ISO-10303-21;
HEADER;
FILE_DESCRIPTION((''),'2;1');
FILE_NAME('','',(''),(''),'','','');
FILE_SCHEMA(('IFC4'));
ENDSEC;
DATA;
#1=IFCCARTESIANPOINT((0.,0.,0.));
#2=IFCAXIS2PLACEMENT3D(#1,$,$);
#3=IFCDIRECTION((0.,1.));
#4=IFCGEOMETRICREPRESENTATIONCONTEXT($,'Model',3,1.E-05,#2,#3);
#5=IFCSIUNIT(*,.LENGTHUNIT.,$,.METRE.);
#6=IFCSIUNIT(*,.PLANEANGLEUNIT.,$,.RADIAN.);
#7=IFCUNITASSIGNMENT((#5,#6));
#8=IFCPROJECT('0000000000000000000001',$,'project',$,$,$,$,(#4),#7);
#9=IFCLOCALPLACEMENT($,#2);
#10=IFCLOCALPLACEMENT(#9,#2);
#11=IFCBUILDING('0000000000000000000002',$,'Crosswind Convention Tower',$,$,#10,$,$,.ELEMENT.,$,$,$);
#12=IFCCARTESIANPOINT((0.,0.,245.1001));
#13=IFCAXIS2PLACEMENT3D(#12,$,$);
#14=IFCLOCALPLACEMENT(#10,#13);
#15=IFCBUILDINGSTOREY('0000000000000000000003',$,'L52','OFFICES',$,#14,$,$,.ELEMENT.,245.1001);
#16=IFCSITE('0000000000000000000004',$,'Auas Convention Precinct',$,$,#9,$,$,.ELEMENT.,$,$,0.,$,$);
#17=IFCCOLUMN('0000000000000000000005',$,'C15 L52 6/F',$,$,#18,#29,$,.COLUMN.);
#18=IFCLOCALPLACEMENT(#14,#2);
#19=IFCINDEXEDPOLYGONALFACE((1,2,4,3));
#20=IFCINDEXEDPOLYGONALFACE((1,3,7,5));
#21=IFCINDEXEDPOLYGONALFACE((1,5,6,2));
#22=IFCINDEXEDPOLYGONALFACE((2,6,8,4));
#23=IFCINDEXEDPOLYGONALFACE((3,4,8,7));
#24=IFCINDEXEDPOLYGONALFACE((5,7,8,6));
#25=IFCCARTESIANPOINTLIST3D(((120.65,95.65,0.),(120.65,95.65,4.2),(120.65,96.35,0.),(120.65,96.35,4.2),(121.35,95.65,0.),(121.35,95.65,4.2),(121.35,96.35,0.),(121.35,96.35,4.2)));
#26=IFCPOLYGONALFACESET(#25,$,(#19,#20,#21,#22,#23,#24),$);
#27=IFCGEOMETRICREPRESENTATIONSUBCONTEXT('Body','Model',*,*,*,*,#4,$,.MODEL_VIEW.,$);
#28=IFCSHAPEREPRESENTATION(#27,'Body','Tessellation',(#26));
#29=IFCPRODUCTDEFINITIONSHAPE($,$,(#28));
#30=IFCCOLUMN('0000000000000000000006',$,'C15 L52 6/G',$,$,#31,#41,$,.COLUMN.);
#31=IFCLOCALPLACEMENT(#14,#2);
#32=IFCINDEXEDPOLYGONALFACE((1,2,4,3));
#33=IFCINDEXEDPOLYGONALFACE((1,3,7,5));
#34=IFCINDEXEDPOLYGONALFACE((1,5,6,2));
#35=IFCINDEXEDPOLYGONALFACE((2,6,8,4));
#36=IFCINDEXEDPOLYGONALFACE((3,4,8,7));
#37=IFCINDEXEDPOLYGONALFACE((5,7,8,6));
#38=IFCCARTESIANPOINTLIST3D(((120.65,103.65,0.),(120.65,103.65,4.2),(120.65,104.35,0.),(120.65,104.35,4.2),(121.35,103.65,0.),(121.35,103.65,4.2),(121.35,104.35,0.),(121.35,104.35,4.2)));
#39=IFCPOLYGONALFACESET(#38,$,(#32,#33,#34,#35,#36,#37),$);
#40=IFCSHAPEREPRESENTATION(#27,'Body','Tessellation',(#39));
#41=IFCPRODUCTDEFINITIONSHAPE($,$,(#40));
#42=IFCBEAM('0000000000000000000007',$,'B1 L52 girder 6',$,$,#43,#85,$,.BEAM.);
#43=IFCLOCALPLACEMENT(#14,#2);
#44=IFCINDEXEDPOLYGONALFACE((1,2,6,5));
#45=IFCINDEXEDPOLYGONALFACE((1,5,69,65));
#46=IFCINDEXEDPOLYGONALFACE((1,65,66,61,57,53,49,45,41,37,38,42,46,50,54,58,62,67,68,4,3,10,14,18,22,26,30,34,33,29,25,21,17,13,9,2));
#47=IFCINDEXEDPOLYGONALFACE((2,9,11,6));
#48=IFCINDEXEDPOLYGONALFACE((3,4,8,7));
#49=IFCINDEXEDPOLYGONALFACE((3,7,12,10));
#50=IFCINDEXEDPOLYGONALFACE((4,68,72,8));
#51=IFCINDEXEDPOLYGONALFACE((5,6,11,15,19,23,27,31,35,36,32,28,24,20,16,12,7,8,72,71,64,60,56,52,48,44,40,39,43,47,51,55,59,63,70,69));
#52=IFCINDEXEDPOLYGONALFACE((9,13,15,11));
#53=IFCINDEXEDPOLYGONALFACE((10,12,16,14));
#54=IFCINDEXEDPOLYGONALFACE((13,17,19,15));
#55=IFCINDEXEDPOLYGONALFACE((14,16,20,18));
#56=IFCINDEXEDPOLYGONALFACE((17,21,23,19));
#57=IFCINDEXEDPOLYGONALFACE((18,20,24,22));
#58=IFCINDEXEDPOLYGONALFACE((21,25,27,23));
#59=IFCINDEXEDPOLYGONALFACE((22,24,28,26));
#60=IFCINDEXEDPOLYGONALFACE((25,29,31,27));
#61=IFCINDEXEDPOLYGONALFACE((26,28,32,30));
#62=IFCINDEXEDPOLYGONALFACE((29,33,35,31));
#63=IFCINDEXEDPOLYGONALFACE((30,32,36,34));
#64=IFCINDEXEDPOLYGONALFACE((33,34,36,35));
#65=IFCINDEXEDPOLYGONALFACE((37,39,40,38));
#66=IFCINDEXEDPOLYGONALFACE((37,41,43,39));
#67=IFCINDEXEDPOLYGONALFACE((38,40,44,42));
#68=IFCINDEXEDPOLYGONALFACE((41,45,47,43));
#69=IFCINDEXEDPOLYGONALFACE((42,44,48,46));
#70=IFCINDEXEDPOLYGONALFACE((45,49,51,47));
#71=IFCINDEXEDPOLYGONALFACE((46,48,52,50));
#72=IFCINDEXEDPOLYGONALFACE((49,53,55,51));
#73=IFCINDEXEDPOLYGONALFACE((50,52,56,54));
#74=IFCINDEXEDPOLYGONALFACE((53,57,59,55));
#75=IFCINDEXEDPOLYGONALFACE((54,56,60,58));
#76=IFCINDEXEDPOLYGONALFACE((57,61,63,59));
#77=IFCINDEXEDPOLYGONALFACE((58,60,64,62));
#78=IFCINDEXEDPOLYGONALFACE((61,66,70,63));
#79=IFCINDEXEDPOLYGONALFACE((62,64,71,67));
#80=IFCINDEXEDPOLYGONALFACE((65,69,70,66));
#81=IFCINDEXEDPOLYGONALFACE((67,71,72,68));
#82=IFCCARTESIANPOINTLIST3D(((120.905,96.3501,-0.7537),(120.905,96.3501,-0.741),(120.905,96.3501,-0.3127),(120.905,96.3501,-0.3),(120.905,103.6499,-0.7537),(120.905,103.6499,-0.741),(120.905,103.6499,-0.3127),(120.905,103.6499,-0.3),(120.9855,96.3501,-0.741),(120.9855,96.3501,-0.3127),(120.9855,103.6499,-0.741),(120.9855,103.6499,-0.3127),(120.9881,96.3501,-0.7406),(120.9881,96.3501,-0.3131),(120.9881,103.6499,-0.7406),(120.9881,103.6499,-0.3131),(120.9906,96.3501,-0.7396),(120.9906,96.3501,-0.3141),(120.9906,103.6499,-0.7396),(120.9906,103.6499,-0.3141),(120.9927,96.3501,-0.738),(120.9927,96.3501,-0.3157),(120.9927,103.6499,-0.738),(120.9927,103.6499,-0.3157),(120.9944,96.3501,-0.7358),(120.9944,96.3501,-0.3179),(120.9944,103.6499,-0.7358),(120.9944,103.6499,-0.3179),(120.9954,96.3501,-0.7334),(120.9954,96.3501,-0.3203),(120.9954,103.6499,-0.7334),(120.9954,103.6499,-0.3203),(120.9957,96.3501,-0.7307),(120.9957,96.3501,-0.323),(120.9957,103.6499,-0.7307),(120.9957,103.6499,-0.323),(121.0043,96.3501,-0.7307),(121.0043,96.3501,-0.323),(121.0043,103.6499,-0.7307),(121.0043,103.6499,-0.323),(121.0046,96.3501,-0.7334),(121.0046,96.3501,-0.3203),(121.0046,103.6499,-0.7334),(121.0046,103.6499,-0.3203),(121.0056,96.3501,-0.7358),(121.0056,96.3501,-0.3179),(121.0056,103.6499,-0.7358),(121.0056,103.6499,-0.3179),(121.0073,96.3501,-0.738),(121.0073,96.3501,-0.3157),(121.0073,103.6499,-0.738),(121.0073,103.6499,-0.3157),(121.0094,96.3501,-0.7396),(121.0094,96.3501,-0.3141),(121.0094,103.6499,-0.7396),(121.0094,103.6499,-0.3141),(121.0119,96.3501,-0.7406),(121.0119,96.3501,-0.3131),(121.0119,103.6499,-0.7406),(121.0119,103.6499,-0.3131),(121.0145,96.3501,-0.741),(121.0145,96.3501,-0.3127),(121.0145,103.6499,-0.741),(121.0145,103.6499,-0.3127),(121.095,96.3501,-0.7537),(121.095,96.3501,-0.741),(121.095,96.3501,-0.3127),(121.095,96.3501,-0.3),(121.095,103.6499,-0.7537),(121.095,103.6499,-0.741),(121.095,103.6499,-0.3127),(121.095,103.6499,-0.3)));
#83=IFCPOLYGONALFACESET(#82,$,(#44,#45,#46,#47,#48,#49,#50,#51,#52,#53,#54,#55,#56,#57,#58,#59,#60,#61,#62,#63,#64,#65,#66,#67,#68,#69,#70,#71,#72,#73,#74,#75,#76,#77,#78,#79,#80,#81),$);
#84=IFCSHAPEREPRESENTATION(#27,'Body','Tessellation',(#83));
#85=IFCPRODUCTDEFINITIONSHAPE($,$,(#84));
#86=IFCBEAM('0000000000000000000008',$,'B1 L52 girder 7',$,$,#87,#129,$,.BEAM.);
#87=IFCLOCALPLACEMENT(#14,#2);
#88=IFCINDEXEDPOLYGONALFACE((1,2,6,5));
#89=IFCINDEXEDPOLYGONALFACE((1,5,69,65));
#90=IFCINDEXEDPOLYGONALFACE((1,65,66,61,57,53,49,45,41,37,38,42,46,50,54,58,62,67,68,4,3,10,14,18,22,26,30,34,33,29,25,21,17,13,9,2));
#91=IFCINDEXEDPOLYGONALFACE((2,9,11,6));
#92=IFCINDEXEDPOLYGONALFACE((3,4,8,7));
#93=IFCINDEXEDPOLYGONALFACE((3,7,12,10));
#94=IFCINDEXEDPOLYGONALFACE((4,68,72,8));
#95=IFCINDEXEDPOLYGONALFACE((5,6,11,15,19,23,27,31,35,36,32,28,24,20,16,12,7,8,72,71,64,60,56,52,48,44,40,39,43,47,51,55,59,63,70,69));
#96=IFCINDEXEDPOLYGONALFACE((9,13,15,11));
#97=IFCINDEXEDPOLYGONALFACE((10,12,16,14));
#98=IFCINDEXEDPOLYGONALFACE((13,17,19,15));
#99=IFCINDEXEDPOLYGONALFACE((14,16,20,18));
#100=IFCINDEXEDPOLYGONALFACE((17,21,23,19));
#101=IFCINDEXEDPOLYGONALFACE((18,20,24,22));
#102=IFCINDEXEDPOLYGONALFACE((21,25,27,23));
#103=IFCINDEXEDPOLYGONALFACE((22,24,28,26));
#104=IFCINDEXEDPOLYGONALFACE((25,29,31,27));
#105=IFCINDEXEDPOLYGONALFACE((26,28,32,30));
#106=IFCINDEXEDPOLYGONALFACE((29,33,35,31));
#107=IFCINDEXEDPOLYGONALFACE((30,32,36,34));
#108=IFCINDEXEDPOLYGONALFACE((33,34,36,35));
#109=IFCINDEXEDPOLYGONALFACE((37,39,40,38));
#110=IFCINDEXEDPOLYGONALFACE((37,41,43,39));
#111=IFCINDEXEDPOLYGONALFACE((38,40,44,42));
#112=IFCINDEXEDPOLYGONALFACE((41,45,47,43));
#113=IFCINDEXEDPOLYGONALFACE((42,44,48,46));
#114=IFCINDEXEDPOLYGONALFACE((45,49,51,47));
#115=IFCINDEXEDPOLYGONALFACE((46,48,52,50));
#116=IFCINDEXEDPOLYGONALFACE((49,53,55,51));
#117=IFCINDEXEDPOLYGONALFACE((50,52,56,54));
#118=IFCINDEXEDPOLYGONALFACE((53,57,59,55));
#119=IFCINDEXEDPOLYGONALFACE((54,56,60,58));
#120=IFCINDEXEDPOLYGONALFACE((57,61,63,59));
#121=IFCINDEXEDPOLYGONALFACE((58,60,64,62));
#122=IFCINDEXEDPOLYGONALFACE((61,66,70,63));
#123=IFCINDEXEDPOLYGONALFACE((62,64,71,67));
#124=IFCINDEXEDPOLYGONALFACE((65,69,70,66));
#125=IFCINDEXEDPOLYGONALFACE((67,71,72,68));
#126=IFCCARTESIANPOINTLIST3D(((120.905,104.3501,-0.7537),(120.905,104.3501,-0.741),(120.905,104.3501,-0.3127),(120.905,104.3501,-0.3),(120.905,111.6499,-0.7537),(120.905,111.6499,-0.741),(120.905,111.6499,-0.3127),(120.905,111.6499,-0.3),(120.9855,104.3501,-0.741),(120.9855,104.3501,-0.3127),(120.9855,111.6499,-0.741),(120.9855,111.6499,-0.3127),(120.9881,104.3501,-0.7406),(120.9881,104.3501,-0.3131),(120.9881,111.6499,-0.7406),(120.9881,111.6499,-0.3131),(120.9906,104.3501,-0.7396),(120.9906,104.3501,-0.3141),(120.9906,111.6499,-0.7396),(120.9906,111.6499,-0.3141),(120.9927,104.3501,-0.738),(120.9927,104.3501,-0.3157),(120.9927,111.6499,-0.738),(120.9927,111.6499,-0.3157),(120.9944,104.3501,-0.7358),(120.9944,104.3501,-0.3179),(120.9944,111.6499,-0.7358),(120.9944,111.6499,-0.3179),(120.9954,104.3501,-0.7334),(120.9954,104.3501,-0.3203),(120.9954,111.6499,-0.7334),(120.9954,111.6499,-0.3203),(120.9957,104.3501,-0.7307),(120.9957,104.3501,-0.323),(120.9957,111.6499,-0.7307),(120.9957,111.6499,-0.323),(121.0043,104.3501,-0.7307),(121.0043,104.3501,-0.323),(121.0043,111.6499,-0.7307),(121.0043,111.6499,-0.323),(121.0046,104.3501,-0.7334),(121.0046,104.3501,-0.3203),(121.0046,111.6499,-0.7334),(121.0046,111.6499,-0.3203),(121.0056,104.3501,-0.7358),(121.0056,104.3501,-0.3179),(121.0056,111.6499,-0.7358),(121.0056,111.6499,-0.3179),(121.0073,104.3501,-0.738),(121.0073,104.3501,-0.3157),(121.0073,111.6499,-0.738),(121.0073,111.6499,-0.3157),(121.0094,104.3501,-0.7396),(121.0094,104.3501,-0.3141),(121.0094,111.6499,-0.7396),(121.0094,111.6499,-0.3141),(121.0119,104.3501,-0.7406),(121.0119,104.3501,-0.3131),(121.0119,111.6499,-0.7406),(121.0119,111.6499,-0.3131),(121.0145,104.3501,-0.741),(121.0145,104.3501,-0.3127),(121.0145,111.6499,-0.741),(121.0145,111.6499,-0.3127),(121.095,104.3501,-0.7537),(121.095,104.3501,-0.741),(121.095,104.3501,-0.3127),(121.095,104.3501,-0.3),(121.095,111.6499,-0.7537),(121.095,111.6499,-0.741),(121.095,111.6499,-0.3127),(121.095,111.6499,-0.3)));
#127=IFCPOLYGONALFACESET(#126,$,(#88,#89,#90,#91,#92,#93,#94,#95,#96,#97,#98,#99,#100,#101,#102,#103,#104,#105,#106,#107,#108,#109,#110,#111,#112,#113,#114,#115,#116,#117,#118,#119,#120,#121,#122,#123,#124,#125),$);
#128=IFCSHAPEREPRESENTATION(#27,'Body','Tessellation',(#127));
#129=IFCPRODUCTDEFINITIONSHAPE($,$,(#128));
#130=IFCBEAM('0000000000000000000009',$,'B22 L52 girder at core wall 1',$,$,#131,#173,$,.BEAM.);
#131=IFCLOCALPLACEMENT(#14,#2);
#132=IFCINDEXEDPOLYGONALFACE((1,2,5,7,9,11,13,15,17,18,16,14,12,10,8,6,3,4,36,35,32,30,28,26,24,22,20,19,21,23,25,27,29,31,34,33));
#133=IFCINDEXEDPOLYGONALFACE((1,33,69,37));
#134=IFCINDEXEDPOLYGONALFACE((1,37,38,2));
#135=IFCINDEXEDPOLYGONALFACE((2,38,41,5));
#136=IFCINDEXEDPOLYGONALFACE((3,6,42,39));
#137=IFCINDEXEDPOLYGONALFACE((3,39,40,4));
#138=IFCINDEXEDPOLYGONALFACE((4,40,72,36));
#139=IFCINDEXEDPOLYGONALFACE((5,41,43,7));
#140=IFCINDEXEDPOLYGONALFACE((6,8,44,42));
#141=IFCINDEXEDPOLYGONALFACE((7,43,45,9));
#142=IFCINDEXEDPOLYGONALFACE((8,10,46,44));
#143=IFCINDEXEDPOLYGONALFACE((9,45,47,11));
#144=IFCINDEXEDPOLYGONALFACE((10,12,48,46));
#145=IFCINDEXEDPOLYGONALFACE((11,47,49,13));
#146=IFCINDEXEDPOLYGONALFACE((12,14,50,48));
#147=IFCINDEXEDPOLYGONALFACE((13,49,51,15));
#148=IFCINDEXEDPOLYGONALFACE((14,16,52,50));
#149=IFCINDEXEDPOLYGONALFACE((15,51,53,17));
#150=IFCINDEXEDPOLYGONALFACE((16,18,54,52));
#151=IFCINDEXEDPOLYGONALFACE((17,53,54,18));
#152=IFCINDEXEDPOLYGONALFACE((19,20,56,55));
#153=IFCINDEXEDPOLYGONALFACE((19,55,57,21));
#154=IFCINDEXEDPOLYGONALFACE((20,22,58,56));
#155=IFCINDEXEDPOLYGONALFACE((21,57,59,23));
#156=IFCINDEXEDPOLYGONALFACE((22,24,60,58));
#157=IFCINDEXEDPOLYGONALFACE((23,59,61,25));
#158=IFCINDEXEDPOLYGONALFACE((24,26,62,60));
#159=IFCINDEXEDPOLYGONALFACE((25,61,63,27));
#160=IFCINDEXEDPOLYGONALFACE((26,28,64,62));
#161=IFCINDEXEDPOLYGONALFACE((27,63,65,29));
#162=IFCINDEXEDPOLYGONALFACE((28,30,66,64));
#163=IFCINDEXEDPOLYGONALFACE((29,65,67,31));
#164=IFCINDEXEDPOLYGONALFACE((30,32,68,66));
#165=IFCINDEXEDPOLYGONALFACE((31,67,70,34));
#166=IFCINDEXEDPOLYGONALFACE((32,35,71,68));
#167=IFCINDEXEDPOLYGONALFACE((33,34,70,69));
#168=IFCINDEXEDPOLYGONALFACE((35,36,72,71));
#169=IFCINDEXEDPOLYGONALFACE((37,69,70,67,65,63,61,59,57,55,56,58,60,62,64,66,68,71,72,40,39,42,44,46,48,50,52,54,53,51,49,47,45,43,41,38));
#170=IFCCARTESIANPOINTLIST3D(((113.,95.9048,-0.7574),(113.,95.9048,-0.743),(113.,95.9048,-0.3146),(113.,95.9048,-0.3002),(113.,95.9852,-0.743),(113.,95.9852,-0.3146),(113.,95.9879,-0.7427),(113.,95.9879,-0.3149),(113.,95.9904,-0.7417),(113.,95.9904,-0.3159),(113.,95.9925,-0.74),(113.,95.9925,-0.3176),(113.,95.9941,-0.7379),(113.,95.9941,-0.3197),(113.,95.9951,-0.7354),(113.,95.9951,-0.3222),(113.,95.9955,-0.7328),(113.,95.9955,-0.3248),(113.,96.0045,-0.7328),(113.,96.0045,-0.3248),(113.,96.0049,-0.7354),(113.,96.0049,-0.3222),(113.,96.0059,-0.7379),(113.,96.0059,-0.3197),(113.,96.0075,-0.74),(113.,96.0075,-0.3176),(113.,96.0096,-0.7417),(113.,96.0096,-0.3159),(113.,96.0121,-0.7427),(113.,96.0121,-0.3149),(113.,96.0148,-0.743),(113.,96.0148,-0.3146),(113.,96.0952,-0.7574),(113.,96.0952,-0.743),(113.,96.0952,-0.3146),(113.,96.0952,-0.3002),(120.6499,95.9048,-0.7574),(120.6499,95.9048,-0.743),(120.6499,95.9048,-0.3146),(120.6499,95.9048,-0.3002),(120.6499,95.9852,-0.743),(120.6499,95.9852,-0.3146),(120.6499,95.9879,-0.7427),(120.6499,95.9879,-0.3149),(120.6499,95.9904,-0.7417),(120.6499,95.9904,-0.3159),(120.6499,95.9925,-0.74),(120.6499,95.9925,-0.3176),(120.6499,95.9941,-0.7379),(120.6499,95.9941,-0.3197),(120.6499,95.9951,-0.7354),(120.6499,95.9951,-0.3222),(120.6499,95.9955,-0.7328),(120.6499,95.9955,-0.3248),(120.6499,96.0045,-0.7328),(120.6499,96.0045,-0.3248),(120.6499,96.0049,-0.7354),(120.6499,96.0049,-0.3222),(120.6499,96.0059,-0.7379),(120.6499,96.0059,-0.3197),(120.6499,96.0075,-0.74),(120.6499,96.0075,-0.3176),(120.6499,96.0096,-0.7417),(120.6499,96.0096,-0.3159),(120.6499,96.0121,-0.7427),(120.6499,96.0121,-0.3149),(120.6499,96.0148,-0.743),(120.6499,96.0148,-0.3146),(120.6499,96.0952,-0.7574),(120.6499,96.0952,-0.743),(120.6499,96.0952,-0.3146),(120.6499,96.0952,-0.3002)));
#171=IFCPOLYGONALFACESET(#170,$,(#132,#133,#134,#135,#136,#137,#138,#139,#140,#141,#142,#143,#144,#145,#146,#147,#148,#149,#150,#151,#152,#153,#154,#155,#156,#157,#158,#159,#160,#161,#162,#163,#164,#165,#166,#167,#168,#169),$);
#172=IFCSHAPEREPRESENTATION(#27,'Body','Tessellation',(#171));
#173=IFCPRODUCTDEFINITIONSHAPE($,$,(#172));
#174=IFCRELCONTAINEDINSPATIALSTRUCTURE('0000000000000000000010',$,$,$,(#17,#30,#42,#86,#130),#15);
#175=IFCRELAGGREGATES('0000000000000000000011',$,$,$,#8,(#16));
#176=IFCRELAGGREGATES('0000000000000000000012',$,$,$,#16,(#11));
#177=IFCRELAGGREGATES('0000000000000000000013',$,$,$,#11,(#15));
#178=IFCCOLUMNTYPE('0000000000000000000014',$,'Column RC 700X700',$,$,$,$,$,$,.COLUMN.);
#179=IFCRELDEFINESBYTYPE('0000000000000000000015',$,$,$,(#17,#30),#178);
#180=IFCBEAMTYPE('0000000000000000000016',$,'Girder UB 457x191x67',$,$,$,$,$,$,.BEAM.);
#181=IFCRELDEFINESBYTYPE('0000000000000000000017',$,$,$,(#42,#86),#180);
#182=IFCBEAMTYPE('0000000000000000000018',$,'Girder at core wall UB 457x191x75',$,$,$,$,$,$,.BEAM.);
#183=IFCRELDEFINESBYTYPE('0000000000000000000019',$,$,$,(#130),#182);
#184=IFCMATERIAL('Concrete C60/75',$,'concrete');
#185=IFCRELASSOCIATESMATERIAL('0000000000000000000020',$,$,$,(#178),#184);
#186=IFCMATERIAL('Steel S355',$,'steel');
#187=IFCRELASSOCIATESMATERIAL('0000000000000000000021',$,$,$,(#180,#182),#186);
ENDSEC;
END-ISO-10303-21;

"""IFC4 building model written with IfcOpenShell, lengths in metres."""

from ifc_helpers import new_model, si_unit, direction, frame, origin, origin_2d, place, context, subcontext, project, spatial, rectangle, i_section, extrude, material, material_profile, profile_set, type_object, element, save


model = new_model("IFC4")

# Units and contexts
model_context = context("Model", 3, precision=1e-05, world=origin(), true_north=direction((0.0, 1.0)))
body_context = subcontext(model_context, "Body", "Model", "MODEL_VIEW")
ifc_project = project(units=[si_unit("LENGTHUNIT", "METRE"), si_unit("PLANEANGLEUNIT", "RADIAN")], contexts=[model_context])

# Site, building, storey
site_placement = place(None, origin())
site = spatial("IfcSite", under=ifc_project, at=site_placement, Name="Auas Convention Precinct", CompositionType="ELEMENT", RefElevation=0.0)
building_placement = place(site_placement, origin())
building = spatial("IfcBuilding", under=site, at=building_placement, Name="Crosswind Convention Tower", CompositionType="ELEMENT")
storey_placement = place(building_placement, frame((0.0, 0.0, 245.1001)))
storey = spatial("IfcBuildingStorey", under=building, at=storey_placement, Name="L52", Description="OFFICES", CompositionType="ELEMENT", Elevation=245.1001)

# Columns
ifc_material_1 = material(Name="Concrete C60/75", Category="concrete")
ifc_material_profile_1 = material_profile(ifc_material_1, rectangle(XDim=0.7, YDim=0.7, at=origin_2d()), Name="RC 700X700")
ifc_profile_set_1 = profile_set([ifc_material_profile_1], Name="Concrete C60/75")
column_type = type_object("IfcColumnType", Name="Column RC 700X700", PredefinedType="COLUMN", material=ifc_profile_set_1)
for number, where, z_axis, x_axis, name in (
    (1, (121.0, 96.0, 0.0), (0.0, 0.0, 1.0), (1.0, 0.0, 0.0), "C15 L52 6/F"),
    (2, (121.0, 104.0, 0.0), (0.0, 0.0, 1.0), (1.0, 0.0, 0.0), "C15 L52 6/G"),
):
    element("IfcColumn", number, at=place(storey_placement, frame(where, z_axis=z_axis, x_axis=x_axis)), inside=storey, type_object=column_type, Name=name, PredefinedType="COLUMN", context=body_context, shape_type="SweptSolid", body=[
        extrude(rectangle(XDim=0.7, YDim=0.7, at=origin_2d()), origin(), (0.0, 0.0, 1.0), 4.2),
    ])

# Beams
ifc_material_2 = material(Name="Steel S355", Category="steel")
ifc_material_profile_2 = material_profile(ifc_material_2, i_section(OverallWidth=0.1899, OverallDepth=0.4536, WebThickness=0.0085, FlangeThickness=0.0127, FilletRadius=0.0103, at=origin_2d()), Name="UB 457x191x67")
ifc_profile_set_2 = profile_set([ifc_material_profile_2], Name="Steel S355")
beam_type_1 = type_object("IfcBeamType", Name="Girder UB 457x191x67", PredefinedType="BEAM", material=ifc_profile_set_2)
for number, where, z_axis, x_axis, name in (
    (3, (121.0, 96.3501, -0.5269), (0.0, 1.0, 0.0), (-1.0, 0.0, 0.0), "B1 L52 girder 6"),
    (4, (121.0, 104.3501, -0.5269), (0.0, 1.0, 0.0), (-1.0, 0.0, 0.0), "B1 L52 girder 7"),
):
    element("IfcBeam", number, at=place(storey_placement, frame(where, z_axis=z_axis, x_axis=x_axis)), inside=storey, type_object=beam_type_1, Name=name, PredefinedType="BEAM", context=body_context, shape_type="SweptSolid", body=[
        extrude(i_section(OverallWidth=0.1899, OverallDepth=0.4536, WebThickness=0.0085, FlangeThickness=0.0127, FilletRadius=0.0103, at=origin_2d()), origin(), (0.0, 0.0, 1.0), 7.2998),
    ])
ifc_material_profile_3 = material_profile(ifc_material_2, i_section(OverallWidth=0.1904, OverallDepth=0.4573, WebThickness=0.009, FlangeThickness=0.0144, FilletRadius=0.0103, at=origin_2d()), Name="UB 457x191x75")
ifc_profile_set_3 = profile_set([ifc_material_profile_3], Name="Steel S355")
beam_type_2 = type_object("IfcBeamType", Name="Girder at core wall UB 457x191x75", PredefinedType="BEAM", material=ifc_profile_set_3)
for number, where, z_axis, x_axis, name in (
    (5, (113.0, 96.0, -0.5288), (1.0, 0.0, 0.0), (0.0, 1.0, 0.0), "B22 L52 girder at core wall 1"),
):
    element("IfcBeam", number, at=place(storey_placement, frame(where, z_axis=z_axis, x_axis=x_axis)), inside=storey, type_object=beam_type_2, Name=name, PredefinedType="BEAM", context=body_context, shape_type="SweptSolid", body=[
        extrude(i_section(OverallWidth=0.1904, OverallDepth=0.4573, WebThickness=0.009, FlangeThickness=0.0144, FilletRadius=0.0103, at=origin_2d()), origin(), (0.0, 0.0, 1.0), 7.6499),
    ])

save(model, "model.ifc")
